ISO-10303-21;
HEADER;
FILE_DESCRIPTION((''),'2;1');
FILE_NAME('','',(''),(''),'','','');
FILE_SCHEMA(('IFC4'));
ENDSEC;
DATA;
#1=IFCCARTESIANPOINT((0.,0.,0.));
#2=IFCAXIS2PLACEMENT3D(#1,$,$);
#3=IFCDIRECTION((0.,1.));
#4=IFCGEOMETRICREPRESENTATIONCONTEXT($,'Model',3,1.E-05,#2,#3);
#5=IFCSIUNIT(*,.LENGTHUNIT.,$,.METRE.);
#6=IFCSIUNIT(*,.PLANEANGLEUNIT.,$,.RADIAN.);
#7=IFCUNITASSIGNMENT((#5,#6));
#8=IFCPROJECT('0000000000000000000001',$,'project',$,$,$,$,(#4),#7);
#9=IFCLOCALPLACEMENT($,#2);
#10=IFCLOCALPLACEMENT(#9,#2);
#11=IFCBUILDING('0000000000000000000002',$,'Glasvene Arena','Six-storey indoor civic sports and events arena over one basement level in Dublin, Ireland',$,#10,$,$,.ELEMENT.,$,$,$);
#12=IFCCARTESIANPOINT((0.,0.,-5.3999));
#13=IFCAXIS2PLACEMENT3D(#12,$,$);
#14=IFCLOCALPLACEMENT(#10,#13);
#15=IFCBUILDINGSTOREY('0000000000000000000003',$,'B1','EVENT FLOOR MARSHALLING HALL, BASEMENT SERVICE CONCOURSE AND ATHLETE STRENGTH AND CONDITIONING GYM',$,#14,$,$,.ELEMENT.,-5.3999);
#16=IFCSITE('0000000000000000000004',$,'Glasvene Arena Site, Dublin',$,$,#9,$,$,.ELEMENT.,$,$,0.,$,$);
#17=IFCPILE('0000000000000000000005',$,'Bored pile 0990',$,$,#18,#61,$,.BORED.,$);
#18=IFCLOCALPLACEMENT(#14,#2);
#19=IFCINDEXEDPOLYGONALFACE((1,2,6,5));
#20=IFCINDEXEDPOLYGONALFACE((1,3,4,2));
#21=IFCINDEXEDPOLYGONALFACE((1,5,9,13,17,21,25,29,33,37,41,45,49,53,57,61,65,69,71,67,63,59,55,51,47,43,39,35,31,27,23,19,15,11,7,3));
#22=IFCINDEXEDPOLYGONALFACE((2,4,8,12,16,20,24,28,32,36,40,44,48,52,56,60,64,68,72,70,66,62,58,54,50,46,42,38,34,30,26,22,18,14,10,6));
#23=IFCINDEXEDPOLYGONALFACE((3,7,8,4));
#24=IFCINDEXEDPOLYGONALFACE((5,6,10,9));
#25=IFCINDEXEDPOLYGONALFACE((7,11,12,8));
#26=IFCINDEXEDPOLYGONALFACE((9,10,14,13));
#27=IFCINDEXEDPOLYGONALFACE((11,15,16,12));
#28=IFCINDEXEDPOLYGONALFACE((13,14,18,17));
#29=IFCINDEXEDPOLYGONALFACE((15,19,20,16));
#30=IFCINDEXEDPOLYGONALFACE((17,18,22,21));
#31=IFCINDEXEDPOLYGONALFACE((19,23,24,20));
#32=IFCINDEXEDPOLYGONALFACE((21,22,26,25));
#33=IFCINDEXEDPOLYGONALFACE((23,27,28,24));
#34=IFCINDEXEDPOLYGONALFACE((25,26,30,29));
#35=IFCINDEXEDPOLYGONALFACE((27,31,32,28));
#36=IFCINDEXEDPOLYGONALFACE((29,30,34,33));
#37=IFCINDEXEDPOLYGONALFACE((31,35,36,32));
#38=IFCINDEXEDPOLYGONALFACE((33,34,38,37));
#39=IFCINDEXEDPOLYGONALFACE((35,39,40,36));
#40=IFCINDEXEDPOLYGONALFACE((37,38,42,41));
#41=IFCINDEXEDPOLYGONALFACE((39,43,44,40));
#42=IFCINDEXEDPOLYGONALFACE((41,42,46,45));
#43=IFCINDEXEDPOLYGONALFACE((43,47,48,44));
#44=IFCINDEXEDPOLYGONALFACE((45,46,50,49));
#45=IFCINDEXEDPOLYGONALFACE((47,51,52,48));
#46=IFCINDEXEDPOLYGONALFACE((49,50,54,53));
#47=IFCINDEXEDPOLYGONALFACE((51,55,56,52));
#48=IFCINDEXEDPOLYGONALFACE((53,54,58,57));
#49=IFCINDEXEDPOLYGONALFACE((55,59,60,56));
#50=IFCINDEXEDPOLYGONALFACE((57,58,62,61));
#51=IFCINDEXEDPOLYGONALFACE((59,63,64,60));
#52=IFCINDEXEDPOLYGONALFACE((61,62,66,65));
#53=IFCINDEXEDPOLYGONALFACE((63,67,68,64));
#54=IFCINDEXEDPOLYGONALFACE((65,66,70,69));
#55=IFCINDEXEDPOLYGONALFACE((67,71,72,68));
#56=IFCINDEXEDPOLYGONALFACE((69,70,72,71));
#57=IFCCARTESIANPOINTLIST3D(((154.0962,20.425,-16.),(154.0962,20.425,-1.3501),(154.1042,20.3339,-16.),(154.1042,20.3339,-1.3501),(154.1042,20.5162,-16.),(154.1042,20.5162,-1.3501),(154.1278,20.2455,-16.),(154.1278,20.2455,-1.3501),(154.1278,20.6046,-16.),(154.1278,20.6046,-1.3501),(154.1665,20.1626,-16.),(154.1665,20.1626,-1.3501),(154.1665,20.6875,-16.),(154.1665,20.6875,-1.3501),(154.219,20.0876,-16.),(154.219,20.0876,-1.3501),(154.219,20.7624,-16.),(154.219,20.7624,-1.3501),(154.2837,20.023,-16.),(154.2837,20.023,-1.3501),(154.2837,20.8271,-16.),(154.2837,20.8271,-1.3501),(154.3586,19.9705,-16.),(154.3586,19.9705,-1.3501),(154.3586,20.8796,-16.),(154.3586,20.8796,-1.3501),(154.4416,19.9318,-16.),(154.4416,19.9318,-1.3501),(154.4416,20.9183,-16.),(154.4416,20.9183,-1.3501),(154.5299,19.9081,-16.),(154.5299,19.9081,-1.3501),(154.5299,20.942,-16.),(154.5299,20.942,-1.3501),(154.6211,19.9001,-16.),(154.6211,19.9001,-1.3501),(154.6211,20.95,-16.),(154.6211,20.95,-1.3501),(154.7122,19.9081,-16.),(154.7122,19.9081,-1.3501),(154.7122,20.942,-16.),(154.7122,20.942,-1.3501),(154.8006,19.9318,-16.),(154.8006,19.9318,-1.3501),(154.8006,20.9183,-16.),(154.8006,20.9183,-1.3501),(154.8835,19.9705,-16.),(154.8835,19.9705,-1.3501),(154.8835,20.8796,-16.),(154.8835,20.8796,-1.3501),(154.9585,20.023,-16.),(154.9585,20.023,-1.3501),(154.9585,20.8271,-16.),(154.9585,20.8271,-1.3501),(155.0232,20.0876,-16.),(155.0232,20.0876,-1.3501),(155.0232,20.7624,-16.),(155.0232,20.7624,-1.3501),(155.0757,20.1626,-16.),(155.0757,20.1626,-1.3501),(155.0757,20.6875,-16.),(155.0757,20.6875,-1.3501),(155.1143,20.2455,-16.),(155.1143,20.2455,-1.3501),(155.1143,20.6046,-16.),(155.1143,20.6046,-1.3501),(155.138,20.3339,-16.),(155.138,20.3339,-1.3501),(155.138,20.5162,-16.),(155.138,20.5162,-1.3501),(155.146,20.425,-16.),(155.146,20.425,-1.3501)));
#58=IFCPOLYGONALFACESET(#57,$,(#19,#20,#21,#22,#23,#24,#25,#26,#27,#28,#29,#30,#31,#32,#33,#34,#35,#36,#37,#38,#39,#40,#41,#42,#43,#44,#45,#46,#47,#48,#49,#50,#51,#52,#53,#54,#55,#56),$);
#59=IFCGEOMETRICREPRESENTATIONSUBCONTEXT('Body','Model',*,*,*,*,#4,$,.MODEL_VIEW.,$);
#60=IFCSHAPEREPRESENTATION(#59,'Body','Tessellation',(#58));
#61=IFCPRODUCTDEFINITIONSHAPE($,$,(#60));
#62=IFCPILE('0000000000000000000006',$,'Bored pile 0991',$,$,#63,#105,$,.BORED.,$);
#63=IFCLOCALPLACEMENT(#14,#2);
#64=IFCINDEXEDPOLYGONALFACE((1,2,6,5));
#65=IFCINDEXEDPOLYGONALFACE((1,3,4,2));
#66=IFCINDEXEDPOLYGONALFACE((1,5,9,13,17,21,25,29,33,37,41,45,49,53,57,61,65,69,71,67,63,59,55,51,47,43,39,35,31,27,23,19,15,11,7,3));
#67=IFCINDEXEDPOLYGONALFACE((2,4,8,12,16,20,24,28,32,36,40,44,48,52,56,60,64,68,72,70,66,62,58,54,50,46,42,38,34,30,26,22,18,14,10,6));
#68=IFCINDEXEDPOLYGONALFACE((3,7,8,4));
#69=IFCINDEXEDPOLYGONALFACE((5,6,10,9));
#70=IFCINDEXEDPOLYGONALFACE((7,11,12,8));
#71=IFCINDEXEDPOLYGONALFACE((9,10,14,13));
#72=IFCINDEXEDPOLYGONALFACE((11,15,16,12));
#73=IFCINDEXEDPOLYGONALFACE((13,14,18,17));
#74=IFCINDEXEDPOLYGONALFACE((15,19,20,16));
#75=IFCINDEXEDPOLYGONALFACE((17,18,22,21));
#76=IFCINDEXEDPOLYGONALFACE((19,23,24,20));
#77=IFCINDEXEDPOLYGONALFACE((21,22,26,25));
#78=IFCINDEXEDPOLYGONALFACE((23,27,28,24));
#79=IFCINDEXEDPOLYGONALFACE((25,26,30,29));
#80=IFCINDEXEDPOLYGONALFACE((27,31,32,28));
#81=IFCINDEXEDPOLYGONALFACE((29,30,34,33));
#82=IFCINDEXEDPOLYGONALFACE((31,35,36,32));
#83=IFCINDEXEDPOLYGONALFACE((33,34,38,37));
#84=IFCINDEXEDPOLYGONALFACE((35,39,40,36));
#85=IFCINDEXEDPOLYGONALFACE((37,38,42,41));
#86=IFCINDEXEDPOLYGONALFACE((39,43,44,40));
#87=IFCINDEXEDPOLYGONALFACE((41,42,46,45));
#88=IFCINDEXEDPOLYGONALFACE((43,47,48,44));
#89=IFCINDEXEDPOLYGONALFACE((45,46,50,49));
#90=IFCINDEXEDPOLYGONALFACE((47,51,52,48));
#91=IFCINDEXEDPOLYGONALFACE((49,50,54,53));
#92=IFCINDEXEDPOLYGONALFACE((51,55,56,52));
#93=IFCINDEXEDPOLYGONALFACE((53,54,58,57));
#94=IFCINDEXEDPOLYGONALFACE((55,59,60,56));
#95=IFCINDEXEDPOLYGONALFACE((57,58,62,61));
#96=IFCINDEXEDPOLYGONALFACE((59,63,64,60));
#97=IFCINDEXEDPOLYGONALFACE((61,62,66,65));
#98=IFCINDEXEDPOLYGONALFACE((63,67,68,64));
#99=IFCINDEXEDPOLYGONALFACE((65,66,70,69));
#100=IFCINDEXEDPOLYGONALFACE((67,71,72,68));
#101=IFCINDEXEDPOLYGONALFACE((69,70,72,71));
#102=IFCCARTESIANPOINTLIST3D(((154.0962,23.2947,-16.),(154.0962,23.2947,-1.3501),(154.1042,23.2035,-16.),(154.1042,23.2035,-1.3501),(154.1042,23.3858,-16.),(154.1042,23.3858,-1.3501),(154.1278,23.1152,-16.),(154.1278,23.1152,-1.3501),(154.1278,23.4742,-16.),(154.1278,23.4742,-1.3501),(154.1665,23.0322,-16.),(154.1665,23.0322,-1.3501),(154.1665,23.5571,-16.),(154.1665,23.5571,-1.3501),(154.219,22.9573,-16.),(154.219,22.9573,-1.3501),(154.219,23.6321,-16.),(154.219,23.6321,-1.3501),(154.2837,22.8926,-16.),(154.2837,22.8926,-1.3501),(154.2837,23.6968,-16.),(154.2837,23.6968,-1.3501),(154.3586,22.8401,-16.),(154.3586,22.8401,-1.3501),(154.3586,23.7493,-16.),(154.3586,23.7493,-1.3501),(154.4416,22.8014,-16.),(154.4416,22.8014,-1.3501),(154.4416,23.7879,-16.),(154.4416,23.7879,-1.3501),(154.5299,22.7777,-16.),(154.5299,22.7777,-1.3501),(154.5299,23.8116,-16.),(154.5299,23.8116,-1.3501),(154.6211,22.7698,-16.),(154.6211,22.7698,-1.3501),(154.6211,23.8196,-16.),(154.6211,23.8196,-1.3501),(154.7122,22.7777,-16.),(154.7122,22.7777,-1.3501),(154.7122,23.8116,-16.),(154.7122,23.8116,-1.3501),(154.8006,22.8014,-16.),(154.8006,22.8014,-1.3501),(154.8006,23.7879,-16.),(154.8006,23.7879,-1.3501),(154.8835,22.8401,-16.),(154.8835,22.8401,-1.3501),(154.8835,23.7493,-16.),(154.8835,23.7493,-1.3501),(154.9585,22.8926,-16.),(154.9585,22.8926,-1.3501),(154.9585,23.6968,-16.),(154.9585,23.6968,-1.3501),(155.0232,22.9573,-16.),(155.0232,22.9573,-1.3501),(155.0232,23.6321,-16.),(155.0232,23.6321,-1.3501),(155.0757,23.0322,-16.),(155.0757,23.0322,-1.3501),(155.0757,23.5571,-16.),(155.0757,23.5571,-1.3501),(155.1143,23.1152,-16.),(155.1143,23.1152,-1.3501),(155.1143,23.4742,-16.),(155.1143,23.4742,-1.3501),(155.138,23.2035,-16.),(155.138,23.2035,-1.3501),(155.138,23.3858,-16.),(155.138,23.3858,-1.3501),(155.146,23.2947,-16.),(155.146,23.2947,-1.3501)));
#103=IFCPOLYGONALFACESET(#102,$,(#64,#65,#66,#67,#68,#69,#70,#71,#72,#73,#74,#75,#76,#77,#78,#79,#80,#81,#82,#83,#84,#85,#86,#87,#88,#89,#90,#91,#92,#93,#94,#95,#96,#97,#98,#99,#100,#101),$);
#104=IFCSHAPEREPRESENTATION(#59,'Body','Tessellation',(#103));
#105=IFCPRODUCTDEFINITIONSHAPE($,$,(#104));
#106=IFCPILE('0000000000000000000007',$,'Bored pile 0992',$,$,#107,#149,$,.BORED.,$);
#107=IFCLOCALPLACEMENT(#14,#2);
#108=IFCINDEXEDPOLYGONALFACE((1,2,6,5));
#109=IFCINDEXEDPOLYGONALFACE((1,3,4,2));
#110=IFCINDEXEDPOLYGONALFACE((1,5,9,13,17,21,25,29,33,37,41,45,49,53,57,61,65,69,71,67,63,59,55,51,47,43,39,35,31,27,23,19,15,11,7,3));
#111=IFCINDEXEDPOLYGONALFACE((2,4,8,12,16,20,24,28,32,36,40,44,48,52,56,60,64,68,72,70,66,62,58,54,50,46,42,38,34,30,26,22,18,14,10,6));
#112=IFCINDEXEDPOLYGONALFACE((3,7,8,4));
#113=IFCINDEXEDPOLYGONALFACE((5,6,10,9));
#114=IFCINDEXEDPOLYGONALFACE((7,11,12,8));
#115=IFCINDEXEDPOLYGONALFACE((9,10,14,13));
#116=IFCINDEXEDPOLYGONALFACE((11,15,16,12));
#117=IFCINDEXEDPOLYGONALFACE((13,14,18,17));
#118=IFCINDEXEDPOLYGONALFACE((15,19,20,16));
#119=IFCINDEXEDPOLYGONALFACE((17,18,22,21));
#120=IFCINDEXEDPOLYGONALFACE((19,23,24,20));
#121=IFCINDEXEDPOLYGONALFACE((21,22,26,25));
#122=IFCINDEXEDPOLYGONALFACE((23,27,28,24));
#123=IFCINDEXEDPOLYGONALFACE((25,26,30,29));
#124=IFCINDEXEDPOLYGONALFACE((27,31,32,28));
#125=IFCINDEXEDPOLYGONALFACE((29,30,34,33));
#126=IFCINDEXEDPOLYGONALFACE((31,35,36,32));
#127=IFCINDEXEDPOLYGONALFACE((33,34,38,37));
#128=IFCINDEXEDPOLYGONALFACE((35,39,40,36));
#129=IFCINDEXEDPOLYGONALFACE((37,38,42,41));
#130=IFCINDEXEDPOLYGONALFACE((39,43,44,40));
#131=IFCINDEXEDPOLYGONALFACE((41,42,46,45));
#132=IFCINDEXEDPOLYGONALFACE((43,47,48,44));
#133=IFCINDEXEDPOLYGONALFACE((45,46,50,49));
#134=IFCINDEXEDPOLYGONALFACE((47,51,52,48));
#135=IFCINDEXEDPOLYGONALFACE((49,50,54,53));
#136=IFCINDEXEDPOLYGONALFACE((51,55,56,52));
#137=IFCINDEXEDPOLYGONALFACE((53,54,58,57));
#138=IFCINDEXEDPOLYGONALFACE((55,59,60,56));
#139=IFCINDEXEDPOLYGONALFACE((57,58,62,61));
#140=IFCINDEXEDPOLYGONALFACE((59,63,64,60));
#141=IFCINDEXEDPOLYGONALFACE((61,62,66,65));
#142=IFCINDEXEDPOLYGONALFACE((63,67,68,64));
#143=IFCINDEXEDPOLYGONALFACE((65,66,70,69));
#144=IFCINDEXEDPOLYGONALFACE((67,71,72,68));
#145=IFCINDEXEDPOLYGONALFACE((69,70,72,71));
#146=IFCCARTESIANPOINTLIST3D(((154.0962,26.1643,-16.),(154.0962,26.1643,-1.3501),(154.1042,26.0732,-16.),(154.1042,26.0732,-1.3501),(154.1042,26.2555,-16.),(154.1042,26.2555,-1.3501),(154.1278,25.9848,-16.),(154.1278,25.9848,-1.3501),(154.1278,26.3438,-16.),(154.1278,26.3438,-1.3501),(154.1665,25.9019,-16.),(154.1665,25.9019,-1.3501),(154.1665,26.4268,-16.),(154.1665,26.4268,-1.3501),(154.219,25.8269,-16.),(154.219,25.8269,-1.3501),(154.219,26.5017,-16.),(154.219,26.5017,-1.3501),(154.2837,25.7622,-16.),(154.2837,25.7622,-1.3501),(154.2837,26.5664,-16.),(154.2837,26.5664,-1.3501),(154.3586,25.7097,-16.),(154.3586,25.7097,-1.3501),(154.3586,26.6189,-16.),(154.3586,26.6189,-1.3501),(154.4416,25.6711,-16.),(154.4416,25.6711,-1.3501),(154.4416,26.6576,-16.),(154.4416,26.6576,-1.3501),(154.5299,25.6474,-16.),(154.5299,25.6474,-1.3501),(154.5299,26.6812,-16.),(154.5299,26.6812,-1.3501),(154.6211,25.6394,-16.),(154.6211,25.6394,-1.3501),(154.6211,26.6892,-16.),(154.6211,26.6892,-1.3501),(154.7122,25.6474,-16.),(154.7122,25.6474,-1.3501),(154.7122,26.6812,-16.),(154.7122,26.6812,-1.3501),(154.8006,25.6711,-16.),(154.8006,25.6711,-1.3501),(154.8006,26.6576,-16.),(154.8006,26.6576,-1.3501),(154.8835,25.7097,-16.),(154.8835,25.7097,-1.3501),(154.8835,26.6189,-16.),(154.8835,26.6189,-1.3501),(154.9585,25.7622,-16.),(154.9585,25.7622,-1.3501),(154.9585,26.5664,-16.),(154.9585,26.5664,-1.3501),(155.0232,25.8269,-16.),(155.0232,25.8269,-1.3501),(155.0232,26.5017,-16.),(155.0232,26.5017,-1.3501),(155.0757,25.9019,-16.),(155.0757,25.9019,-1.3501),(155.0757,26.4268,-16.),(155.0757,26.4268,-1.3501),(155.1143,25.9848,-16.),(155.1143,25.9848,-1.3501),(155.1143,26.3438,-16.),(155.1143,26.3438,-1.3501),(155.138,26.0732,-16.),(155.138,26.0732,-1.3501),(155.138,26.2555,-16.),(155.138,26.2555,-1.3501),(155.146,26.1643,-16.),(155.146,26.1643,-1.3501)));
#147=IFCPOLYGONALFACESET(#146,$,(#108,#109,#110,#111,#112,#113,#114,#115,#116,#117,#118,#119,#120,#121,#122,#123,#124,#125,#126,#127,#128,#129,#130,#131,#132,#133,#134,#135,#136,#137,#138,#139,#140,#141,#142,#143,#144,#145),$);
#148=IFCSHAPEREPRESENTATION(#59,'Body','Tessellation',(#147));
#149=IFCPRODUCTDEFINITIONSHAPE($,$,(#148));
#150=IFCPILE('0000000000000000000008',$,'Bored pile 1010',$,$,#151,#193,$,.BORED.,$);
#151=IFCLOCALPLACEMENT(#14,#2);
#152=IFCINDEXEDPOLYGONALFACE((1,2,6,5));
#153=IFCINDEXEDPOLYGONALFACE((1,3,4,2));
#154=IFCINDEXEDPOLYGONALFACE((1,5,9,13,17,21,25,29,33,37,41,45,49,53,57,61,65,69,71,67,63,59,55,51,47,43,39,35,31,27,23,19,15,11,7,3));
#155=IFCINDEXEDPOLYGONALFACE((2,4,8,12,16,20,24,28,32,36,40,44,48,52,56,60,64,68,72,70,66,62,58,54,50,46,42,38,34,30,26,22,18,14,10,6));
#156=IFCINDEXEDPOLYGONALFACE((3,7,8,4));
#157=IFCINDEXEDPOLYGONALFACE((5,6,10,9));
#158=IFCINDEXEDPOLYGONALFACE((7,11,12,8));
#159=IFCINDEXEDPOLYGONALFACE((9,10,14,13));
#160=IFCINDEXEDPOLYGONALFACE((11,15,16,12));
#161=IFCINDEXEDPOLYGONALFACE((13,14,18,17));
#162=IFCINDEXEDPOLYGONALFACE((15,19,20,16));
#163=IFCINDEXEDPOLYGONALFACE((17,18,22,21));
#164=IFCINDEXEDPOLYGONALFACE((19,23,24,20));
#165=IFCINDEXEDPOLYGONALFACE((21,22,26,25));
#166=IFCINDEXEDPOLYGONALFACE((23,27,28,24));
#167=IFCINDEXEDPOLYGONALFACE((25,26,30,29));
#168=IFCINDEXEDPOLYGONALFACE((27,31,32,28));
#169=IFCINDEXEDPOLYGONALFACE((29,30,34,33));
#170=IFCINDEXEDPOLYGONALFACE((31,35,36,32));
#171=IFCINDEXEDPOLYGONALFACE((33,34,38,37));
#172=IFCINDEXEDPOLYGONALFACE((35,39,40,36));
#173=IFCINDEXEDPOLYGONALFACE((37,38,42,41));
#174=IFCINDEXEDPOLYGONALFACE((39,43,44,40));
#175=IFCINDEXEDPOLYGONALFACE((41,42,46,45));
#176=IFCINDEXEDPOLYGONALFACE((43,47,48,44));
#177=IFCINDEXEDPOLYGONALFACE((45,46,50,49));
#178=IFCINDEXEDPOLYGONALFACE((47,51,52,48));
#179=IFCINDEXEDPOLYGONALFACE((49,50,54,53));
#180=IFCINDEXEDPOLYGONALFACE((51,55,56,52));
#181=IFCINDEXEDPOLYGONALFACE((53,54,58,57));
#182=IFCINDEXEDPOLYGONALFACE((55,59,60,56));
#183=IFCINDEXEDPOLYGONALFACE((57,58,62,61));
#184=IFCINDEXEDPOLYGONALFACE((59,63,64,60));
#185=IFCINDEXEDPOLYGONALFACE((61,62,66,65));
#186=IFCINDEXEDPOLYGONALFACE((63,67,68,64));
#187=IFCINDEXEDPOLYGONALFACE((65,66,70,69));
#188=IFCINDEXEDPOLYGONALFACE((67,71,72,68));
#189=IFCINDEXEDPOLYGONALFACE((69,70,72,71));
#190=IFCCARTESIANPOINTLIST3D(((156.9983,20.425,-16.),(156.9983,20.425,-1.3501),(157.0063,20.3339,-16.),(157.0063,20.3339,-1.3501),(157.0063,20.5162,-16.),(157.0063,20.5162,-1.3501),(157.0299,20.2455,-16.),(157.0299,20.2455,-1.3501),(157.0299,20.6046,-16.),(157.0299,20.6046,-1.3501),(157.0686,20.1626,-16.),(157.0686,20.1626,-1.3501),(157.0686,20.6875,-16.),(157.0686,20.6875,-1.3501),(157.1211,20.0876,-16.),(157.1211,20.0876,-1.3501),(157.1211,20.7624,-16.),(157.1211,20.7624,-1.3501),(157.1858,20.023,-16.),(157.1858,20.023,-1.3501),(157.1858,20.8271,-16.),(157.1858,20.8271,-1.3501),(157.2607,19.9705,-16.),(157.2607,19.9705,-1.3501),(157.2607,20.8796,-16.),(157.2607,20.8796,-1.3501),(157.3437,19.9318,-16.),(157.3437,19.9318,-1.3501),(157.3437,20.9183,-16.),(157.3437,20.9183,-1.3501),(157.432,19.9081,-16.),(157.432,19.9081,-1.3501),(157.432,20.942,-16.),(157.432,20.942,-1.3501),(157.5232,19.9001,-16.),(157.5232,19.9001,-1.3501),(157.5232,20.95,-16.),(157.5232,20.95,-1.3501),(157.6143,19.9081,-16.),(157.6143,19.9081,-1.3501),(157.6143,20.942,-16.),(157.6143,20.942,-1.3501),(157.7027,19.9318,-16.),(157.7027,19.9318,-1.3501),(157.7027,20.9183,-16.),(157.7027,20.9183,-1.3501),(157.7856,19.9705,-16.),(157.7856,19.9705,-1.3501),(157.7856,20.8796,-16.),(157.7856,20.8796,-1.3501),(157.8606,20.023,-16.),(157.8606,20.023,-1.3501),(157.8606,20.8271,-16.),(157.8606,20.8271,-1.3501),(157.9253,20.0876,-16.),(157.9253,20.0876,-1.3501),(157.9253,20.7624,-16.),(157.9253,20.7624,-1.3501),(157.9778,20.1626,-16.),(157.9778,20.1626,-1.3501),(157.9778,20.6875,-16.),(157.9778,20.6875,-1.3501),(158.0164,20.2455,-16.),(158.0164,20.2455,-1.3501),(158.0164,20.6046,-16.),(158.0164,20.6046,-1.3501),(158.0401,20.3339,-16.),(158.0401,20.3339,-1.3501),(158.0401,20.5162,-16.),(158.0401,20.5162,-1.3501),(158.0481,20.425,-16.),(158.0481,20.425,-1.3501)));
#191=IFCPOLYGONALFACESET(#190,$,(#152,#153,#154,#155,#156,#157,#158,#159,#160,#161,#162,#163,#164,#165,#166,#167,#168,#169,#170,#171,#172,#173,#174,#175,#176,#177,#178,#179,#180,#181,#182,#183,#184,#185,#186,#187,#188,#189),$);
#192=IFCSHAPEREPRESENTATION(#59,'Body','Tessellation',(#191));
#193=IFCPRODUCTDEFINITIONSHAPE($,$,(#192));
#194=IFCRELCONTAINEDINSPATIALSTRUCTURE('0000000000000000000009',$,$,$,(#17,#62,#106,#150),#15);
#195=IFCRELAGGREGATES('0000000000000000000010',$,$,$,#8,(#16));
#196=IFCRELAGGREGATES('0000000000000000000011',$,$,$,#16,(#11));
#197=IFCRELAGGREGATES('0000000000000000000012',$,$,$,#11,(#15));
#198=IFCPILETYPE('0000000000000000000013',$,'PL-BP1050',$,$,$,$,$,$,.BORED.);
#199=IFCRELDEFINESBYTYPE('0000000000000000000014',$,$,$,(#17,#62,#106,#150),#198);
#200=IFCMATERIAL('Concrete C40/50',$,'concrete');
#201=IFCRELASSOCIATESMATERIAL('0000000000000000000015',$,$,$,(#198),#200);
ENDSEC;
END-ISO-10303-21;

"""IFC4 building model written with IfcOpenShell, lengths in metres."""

from ifc_helpers import new_model, si_unit, direction, frame, origin, origin_2d, place, context, subcontext, project, spatial, circle, extrude, material, material_profile, profile_set, type_object, element, save


model = new_model("IFC4")

# Units and contexts
model_context = context("Model", 3, precision=1e-05, world=origin(), true_north=direction((0.0, 1.0)))
body_context = subcontext(model_context, "Body", "Model", "MODEL_VIEW")
ifc_project = project(units=[si_unit("LENGTHUNIT", "METRE"), si_unit("PLANEANGLEUNIT", "RADIAN")], contexts=[model_context])

# Site, building, storey
site_placement = place(None, origin())
site = spatial("IfcSite", under=ifc_project, at=site_placement, Name="Glasvene Arena Site, Dublin", CompositionType="ELEMENT", RefElevation=0.0)
building_placement = place(site_placement, origin())
building = spatial("IfcBuilding", under=site, at=building_placement, Name="Glasvene Arena", Description="Six-storey indoor civic sports and events arena over one basement level in Dublin, Ireland", CompositionType="ELEMENT")
storey_placement = place(building_placement, frame((0.0, 0.0, -5.3999)))
storey = spatial("IfcBuildingStorey", under=building, at=storey_placement, Name="B1", Description="EVENT FLOOR MARSHALLING HALL, BASEMENT SERVICE CONCOURSE AND ATHLETE STRENGTH AND CONDITIONING GYM", CompositionType="ELEMENT", Elevation=-5.3999)

# Piles
ifc_material = material(Name="Concrete C40/50", Category="concrete")
ifc_material_profile = material_profile(ifc_material, circle(Radius=0.5249, at=origin_2d()), Name="BORED PILE 1050")
ifc_profile_set = profile_set([ifc_material_profile], Name="Concrete C40/50")
pile_type = type_object("IfcPileType", Name="PL-BP1050", PredefinedType="BORED", material=ifc_profile_set)
for number, where, z_axis, x_axis, name in (
    (1, (154.6211, 20.425, -1.3501), (0.0, 0.0, -1.0), (1.0, 0.0, 0.0), "Bored pile 0990"),
    (2, (154.6211, 23.2947, -1.3501), (0.0, 0.0, -1.0), (1.0, 0.0, 0.0), "Bored pile 0991"),
    (3, (154.6211, 26.1643, -1.3501), (0.0, 0.0, -1.0), (1.0, 0.0, 0.0), "Bored pile 0992"),
    (4, (157.5232, 20.425, -1.3501), (0.0, 0.0, -1.0), (1.0, 0.0, 0.0), "Bored pile 1010"),
):
    element("IfcPile", number, at=place(storey_placement, frame(where, z_axis=z_axis, x_axis=x_axis)), inside=storey, type_object=pile_type, Name=name, PredefinedType="BORED", context=body_context, shape_type="SweptSolid", body=[
        extrude(circle(Radius=0.5249, at=origin_2d()), origin(), (0.0, 0.0, 1.0), 14.6499),
    ])

save(model, "model.ifc")
